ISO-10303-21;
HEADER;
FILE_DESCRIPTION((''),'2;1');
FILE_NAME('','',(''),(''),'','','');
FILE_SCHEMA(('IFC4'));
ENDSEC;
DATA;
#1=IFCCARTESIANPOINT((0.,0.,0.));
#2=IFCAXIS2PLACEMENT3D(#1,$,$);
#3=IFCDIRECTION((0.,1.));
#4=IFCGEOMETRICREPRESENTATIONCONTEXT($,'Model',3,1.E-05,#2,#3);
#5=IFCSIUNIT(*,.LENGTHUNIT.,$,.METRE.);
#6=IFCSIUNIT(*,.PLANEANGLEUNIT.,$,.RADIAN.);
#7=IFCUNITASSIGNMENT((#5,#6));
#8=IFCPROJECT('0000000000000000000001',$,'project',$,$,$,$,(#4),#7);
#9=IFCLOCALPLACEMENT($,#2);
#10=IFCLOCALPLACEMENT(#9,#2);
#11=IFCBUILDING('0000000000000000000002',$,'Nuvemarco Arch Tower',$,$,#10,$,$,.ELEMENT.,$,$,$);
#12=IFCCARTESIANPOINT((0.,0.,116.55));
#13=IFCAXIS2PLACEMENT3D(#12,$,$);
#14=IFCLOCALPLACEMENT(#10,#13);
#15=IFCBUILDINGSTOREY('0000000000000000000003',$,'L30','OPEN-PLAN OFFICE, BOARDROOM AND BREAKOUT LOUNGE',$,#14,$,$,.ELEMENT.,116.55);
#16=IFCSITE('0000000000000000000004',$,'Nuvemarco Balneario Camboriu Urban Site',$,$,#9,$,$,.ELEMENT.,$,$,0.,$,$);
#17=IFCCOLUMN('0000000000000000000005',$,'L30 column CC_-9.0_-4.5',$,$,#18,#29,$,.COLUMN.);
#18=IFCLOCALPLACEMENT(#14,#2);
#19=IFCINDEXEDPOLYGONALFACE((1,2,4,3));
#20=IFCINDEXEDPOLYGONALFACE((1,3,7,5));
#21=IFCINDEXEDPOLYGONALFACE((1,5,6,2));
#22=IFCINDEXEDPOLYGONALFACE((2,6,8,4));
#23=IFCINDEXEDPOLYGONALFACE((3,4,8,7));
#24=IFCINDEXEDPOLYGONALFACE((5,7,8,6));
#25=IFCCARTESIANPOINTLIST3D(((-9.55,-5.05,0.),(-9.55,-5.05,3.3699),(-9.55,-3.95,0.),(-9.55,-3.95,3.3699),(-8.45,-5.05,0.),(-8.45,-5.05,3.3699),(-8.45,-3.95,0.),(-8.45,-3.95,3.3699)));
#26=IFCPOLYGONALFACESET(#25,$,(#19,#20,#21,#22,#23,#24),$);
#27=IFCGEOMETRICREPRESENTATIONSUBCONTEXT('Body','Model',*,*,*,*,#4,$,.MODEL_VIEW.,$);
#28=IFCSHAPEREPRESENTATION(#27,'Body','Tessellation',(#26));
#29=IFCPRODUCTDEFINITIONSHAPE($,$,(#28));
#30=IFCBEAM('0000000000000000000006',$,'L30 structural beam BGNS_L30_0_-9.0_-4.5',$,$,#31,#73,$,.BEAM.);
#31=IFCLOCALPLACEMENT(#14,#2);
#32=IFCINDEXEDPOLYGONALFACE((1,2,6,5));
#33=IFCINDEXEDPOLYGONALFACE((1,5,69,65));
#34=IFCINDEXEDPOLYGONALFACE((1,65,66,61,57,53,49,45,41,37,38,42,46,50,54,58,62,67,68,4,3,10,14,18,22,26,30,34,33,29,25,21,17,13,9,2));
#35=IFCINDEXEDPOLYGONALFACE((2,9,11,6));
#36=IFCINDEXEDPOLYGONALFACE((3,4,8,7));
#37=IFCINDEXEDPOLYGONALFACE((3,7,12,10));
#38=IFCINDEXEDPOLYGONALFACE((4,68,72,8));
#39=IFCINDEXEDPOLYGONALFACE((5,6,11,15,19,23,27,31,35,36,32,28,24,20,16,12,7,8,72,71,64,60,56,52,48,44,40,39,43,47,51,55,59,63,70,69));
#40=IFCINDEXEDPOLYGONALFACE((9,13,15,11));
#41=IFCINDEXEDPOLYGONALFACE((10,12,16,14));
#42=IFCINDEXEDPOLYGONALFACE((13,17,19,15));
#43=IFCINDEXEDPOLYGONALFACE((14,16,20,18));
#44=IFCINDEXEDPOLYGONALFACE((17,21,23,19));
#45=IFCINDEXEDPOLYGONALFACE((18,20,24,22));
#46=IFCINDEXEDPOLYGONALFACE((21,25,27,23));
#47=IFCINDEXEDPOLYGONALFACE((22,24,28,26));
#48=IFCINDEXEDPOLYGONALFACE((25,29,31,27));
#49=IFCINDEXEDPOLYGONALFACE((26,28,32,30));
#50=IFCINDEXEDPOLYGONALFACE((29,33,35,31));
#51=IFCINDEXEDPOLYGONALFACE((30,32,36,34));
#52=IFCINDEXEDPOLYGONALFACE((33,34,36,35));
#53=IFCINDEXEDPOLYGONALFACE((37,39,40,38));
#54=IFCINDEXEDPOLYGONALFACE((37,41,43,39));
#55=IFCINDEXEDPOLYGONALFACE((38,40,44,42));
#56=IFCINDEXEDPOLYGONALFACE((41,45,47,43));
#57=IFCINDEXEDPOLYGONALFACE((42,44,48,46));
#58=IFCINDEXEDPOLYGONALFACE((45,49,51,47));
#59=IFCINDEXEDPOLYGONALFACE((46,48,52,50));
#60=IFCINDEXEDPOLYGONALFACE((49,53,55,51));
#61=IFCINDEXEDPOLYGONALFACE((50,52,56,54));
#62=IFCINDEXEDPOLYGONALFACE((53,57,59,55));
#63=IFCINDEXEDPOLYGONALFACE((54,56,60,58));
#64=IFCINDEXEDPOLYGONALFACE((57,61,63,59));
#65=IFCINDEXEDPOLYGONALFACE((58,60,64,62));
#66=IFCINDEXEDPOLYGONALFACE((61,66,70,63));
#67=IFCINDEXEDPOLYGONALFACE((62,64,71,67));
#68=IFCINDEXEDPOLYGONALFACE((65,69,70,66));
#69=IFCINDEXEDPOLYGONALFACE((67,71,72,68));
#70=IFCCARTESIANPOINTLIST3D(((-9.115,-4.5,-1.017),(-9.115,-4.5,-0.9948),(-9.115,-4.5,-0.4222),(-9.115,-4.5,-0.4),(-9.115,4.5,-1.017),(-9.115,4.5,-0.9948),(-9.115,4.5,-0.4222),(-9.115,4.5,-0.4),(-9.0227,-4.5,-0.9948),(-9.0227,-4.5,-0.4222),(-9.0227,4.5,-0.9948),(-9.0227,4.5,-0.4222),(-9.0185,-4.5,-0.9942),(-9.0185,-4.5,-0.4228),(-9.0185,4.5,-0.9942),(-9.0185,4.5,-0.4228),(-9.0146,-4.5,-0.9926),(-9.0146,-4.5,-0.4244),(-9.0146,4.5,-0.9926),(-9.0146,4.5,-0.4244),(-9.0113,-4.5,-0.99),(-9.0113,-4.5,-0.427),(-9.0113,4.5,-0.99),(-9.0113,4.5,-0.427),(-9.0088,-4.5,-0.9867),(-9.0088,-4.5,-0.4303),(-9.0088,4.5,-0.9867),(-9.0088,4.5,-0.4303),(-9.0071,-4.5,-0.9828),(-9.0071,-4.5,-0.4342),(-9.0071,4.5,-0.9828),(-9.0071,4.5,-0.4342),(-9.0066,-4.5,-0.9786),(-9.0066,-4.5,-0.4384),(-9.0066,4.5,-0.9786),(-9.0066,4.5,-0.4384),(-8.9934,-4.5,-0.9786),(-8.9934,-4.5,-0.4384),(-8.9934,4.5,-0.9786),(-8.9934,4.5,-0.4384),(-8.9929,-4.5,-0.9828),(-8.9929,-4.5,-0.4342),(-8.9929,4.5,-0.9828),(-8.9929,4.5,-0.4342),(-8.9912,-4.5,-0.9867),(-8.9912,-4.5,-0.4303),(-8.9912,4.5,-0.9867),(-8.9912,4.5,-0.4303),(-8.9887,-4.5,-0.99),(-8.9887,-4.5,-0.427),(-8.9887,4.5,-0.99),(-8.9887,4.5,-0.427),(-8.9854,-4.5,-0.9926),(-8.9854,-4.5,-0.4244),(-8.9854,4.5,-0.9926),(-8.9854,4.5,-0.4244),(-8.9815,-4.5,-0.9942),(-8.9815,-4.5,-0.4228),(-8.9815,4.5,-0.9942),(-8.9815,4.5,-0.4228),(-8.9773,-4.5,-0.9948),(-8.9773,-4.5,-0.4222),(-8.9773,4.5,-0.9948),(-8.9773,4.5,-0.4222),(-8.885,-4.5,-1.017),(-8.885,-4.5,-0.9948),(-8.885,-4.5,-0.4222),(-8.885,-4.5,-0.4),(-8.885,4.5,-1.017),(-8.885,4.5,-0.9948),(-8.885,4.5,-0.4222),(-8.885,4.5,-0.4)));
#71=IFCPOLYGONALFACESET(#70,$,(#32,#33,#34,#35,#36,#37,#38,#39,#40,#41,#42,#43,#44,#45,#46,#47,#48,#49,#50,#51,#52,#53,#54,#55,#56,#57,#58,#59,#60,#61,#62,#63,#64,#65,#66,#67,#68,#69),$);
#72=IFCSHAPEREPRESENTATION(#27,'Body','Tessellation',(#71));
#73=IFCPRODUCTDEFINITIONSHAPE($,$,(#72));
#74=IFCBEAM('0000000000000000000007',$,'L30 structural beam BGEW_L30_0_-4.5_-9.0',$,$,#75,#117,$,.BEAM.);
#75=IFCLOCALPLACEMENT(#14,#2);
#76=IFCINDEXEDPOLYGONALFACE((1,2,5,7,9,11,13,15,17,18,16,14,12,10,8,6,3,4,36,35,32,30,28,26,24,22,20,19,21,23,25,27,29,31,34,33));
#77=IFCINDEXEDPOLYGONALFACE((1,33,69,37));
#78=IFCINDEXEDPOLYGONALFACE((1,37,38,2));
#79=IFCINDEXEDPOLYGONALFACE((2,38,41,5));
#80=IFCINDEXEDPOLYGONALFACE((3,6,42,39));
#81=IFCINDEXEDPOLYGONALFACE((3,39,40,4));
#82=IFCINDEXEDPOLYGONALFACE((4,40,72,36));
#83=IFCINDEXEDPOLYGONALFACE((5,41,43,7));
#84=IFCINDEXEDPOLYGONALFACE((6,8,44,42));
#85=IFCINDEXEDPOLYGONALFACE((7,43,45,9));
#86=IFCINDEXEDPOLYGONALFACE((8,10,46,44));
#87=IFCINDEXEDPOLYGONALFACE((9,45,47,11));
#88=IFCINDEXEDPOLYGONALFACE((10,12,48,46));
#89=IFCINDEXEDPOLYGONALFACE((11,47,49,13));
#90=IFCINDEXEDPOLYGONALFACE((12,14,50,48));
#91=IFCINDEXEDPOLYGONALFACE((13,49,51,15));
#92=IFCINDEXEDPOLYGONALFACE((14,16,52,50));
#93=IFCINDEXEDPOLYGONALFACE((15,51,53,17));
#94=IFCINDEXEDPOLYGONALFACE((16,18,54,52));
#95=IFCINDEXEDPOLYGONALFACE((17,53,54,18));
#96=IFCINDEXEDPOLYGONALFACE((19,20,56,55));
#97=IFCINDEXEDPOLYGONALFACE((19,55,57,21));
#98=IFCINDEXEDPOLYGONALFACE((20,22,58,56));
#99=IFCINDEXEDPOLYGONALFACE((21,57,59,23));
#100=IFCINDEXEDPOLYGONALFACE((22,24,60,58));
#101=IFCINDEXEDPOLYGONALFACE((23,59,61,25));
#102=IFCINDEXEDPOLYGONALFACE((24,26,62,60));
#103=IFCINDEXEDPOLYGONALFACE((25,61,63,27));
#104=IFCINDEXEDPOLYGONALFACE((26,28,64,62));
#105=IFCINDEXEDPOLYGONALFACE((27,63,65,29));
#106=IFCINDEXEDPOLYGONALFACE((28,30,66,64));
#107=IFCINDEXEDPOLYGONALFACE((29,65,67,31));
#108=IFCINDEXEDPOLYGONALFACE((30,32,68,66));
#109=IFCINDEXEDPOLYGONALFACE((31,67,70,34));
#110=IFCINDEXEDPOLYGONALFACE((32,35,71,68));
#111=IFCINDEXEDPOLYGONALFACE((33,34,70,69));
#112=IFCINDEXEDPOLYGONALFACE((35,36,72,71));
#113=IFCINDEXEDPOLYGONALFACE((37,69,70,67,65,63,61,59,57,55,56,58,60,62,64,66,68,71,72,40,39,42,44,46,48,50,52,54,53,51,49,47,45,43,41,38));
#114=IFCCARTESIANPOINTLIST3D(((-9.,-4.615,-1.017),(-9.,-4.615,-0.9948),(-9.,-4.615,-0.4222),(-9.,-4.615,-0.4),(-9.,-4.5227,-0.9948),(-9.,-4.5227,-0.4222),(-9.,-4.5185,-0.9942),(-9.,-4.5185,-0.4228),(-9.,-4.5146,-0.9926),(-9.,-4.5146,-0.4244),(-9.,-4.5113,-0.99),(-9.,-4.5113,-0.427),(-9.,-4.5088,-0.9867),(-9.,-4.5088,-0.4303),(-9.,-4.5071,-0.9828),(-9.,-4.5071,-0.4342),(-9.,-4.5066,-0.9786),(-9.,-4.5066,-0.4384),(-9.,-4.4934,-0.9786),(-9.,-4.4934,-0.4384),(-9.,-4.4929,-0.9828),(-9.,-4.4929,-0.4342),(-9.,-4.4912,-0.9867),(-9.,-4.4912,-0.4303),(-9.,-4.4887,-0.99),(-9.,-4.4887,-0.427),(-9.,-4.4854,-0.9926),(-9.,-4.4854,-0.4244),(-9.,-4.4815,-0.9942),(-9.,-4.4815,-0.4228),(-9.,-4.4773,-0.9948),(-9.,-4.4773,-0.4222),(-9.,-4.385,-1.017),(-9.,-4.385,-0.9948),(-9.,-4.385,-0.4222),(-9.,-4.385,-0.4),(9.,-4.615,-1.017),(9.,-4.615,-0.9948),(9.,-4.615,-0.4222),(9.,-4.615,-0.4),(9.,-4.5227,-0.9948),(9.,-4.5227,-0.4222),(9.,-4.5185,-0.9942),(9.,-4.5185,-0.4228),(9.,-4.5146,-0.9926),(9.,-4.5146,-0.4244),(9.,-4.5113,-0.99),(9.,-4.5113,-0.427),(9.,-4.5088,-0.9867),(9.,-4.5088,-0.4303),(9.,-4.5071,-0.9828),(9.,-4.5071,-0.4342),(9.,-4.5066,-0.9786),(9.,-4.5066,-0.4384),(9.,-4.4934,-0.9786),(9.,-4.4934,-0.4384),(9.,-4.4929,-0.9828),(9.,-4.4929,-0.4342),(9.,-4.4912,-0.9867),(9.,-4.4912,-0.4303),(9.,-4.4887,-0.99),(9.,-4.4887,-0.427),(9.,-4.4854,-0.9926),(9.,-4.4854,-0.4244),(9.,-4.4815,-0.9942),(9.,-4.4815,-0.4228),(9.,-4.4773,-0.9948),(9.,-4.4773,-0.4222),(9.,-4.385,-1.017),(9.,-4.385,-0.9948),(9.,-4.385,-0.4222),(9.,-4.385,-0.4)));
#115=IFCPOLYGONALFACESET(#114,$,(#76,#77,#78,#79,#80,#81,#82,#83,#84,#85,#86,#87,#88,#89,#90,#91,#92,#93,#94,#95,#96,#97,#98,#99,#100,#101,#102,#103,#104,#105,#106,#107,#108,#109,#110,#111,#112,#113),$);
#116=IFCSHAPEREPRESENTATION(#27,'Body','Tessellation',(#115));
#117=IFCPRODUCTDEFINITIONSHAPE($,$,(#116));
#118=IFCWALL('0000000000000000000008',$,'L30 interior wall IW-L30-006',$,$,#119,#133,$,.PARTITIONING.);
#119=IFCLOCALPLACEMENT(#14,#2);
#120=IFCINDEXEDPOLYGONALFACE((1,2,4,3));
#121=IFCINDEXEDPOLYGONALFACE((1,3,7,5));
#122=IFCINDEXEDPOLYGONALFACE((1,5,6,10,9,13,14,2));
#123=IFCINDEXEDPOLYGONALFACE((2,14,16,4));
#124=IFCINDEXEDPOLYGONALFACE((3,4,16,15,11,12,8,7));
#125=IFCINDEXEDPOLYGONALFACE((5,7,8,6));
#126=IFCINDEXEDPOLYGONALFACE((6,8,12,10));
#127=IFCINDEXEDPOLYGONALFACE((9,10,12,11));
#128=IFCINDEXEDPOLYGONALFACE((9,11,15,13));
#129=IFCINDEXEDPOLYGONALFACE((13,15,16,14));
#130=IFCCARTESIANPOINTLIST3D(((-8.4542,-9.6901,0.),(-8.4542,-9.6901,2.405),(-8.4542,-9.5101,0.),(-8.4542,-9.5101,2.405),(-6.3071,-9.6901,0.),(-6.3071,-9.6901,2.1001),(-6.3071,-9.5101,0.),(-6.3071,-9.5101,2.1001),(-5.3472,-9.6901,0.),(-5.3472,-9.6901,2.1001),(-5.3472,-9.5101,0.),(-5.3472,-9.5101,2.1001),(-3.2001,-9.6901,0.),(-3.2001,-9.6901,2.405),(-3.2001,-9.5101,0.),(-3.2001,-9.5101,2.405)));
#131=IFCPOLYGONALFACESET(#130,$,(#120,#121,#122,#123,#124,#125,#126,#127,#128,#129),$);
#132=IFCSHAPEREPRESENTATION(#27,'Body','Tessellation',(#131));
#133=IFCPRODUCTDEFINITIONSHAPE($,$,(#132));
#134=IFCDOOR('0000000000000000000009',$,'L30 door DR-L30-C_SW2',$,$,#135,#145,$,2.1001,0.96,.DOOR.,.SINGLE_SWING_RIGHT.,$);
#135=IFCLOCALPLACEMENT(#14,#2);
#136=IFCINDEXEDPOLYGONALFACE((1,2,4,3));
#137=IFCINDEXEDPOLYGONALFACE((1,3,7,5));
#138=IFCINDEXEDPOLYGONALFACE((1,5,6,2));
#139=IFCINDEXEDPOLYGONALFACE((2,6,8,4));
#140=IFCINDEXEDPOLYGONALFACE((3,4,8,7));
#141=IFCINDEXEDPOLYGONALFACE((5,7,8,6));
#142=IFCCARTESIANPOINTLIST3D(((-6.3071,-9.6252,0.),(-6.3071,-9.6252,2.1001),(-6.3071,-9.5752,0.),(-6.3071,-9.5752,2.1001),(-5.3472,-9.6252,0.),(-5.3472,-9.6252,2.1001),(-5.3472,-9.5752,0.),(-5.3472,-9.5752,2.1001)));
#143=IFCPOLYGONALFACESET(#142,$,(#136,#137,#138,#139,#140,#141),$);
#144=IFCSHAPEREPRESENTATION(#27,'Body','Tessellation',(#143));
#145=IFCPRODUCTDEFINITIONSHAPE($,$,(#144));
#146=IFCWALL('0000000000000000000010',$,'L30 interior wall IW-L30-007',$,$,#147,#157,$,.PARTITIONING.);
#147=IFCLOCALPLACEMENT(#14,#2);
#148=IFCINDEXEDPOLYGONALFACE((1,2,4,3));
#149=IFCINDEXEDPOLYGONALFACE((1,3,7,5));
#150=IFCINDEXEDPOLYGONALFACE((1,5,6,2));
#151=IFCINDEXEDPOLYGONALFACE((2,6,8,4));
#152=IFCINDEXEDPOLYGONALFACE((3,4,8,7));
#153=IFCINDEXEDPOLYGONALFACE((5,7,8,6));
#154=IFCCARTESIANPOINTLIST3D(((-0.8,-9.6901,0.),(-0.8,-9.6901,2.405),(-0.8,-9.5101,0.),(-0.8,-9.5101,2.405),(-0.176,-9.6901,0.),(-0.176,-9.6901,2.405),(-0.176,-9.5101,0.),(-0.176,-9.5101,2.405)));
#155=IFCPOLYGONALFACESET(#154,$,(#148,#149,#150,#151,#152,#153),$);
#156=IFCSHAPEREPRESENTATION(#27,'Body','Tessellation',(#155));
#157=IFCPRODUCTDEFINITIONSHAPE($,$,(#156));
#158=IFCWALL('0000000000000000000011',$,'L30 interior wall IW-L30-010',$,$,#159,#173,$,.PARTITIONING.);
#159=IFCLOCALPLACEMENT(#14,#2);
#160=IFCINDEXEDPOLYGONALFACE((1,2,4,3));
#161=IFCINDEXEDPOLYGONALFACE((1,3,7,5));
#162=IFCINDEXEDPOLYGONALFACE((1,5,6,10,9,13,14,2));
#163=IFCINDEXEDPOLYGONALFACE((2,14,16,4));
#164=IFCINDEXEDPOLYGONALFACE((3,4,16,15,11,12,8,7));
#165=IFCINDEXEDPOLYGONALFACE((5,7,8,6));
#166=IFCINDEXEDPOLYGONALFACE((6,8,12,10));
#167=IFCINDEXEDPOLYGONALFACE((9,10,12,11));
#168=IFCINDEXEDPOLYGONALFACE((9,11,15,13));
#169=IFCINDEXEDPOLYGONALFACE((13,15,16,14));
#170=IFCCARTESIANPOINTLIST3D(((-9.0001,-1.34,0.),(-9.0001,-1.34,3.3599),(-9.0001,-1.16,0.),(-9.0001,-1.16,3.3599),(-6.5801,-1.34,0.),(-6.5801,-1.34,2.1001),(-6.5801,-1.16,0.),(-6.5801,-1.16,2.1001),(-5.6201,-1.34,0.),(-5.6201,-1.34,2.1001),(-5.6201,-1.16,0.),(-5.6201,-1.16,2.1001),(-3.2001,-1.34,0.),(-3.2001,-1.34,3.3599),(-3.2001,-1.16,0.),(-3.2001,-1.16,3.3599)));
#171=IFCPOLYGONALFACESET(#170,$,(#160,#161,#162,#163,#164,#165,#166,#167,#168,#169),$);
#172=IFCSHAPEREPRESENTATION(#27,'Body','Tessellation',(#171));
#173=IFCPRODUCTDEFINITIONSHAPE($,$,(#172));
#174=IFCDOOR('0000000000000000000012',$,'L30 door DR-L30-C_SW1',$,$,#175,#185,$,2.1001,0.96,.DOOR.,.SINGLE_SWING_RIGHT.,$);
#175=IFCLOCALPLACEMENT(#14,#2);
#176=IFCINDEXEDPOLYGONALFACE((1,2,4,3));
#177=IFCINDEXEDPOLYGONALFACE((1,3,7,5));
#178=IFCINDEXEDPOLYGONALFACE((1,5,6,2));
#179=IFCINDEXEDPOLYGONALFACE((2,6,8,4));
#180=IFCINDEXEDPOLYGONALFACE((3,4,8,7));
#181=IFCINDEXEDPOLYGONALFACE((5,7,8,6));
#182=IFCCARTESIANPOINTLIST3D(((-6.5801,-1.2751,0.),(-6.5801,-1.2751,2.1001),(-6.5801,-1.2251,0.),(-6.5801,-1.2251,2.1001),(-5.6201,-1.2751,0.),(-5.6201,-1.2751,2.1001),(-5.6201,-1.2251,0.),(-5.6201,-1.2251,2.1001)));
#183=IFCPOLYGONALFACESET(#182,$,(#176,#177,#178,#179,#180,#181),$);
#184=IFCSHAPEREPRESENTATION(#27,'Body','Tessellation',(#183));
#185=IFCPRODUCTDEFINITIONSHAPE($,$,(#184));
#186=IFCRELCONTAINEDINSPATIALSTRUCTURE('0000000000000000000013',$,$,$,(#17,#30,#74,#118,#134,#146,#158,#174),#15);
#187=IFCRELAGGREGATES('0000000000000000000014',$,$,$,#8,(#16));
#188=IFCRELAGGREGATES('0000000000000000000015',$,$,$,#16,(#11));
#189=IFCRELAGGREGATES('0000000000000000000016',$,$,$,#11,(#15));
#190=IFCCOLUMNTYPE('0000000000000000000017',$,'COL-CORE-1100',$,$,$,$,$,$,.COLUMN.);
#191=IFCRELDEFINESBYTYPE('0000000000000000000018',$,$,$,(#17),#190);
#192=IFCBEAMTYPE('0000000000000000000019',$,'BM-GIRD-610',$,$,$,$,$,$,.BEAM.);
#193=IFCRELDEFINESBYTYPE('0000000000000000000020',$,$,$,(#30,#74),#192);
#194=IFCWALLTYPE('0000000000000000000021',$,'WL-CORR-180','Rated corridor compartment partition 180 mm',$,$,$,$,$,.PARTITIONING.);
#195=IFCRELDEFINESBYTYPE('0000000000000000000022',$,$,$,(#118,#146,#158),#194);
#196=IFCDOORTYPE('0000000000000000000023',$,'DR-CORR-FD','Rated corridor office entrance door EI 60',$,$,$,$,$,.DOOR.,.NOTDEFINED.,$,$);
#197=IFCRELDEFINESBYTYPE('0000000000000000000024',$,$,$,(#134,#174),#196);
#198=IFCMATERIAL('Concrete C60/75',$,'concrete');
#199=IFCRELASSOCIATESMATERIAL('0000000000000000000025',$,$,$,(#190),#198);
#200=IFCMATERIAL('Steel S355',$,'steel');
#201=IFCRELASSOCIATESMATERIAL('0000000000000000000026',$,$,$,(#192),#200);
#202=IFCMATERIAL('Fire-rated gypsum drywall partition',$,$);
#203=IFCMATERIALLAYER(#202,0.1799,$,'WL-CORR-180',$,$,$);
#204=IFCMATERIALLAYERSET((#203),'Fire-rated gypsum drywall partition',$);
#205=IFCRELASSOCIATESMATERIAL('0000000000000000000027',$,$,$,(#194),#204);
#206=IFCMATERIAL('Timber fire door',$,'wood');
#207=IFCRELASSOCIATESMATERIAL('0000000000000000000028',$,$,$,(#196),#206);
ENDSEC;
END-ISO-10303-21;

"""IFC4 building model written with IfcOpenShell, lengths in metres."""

from ifc_helpers import new_model, si_unit, direction, frame, frame_2d, origin, origin_2d, place, context, subcontext, project, spatial, rectangle, i_section, extrude, source, transform, mapped, material, layer, layer_set, material_profile, profile_set, type_object, type_shapes, element, fill, save


model = new_model("IFC4")

# Units and contexts
model_context = context("Model", 3, precision=1e-05, world=origin(), true_north=direction((0.0, 1.0)))
body_context = subcontext(model_context, "Body", "Model", "MODEL_VIEW")
ifc_project = project(units=[si_unit("LENGTHUNIT", "METRE"), si_unit("PLANEANGLEUNIT", "RADIAN")], contexts=[model_context])

# Site, building, storey
site_placement = place(None, origin())
site = spatial("IfcSite", under=ifc_project, at=site_placement, Name="Nuvemarco Balneario Camboriu Urban Site", CompositionType="ELEMENT", RefElevation=0.0)
building_placement = place(site_placement, origin())
building = spatial("IfcBuilding", under=site, at=building_placement, Name="Nuvemarco Arch Tower", CompositionType="ELEMENT")
storey_placement = place(building_placement, frame((0.0, 0.0, 116.55)))
storey = spatial("IfcBuildingStorey", under=building, at=storey_placement, Name="L30", Description="OPEN-PLAN OFFICE, BOARDROOM AND BREAKOUT LOUNGE", CompositionType="ELEMENT", Elevation=116.55)

# Column
ifc_material_1 = material(Name="Concrete C60/75", Category="concrete")
ifc_material_profile_1 = material_profile(ifc_material_1, rectangle(XDim=1.1001, YDim=1.1001, at=origin_2d()), Name="RC-COL-1100x1100")
ifc_profile_set_1 = profile_set([ifc_material_profile_1], Name="Concrete C60/75")
column_type = type_object("IfcColumnType", Name="COL-CORE-1100", PredefinedType="COLUMN", material=ifc_profile_set_1)
column_placement = place(storey_placement, frame((-9.0, -4.5, 0.0), z_axis=(0.0, 0.0, 1.0), x_axis=(1.0, 0.0, 0.0)))
element("IfcColumn", 1, at=column_placement, inside=storey, type_object=column_type, Name="L30 column CC_-9.0_-4.5", PredefinedType="COLUMN", context=body_context, shape_type="SweptSolid", body=[
    extrude(rectangle(XDim=1.1001, YDim=1.1001, at=origin_2d()), origin(), (0.0, 0.0, 1.0), 3.3699),
])

# Beams
ifc_material_2 = material(Name="Steel S355", Category="steel")
ifc_material_profile_2 = material_profile(ifc_material_2, i_section(OverallWidth=0.23, OverallDepth=0.6169, WebThickness=0.0132, FlangeThickness=0.0222, FilletRadius=0.0161, at=origin_2d()), Name="W610x140")
ifc_profile_set_2 = profile_set([ifc_material_profile_2], Name="Steel S355")
beam_type = type_object("IfcBeamType", Name="BM-GIRD-610", PredefinedType="BEAM", material=ifc_profile_set_2)
beam_1_placement = place(storey_placement, frame((-9.0, -4.5, -0.7085), z_axis=(0.0, 1.0, 0.0), x_axis=(-1.0, 0.0, 0.0)))
element("IfcBeam", 2, at=beam_1_placement, inside=storey, type_object=beam_type, Name="L30 structural beam BGNS_L30_0_-9.0_-4.5", PredefinedType="BEAM", context=body_context, shape_type="SweptSolid", body=[
    extrude(i_section(OverallWidth=0.23, OverallDepth=0.6169, WebThickness=0.0132, FlangeThickness=0.0222, FilletRadius=0.0161, at=origin_2d()), origin(), (0.0, 0.0, 1.0), 9.0),
])
beam_2_placement = place(storey_placement, frame((-9.0, -4.5, -0.7085), z_axis=(1.0, 0.0, 0.0), x_axis=(0.0, 1.0, 0.0)))
element("IfcBeam", 3, at=beam_2_placement, inside=storey, type_object=beam_type, Name="L30 structural beam BGEW_L30_0_-4.5_-9.0", PredefinedType="BEAM", context=body_context, shape_type="SweptSolid", body=[
    extrude(i_section(OverallWidth=0.23, OverallDepth=0.6169, WebThickness=0.0132, FlangeThickness=0.0222, FilletRadius=0.0161, at=origin_2d()), origin(), (0.0, 0.0, 1.0), 18.0),
])

# Wall, opening, door
ifc_material_3 = material(Name="Fire-rated gypsum drywall partition")
ifc_layer_1 = layer(ifc_material_3, 0.1799, Name="WL-CORR-180")
ifc_layer_set_1 = layer_set([ifc_layer_1], Name="Fire-rated gypsum drywall partition")
wall_type_1 = type_object("IfcWallType", Name="WL-CORR-180", Description="Rated corridor compartment partition 180 mm", PredefinedType="PARTITIONING", material=ifc_layer_set_1)
wall_1_placement = place(storey_placement, frame((-8.4541, -9.6001, 0.0), z_axis=(0.0, 0.0, 1.0), x_axis=(1.0, 0.0, 0.0)))
wall_1 = element("IfcWall", 4, at=wall_1_placement, inside=storey, type_object=wall_type_1, Name="L30 interior wall IW-L30-006", PredefinedType="PARTITIONING", context=body_context, shape_type="SweptSolid", body=[
    extrude(rectangle(XDim=5.2542, YDim=0.1799, at=frame_2d((2.627, 0.0))), origin(), (0.0, 0.0, 1.0), 2.405),
])
opening_1_placement = place(wall_1_placement, frame((2.147, 0.0, 0.0)))
opening_1 = element("IfcOpeningElement", 5, at=opening_1_placement, cuts=wall_1, PredefinedType="OPENING", context=body_context, shape_type="SweptSolid", body=[
    extrude(rectangle(XDim=0.96, YDim=2.1001, at=frame_2d((0.48, 1.05))), frame((0.0, 0.0999, 0.0), z_axis=(0.0, -1.0, 0.0), x_axis=(1.0, 0.0, 0.0)), (0.0, 0.0, 1.0), 0.2),
])
ifc_material_4 = material(Name="Timber fire door", Category="wood")
door_type = type_object("IfcDoorType", Name="DR-CORR-FD", Description="Rated corridor office entrance door EI 60", OperationType="NOTDEFINED", PredefinedType="DOOR", material=ifc_material_4)
shared_shape = source(origin(), body_context, "Body", "SweptSolid", [
    extrude(rectangle(XDim=0.96, YDim=2.1001, at=frame_2d((0.48, 1.05))), frame((0.0, 0.0249, 0.0), z_axis=(0.0, -1.0, 0.0), x_axis=(1.0, 0.0, 0.0)), (0.0, 0.0, 1.0), 0.05),
])
type_shapes(door_type, [shared_shape])
door_1_placement = place(opening_1_placement, origin())
door_1 = element("IfcDoor", 6, at=door_1_placement, inside=storey, type_object=door_type, Name="L30 door DR-L30-C_SW2", OperationType="SINGLE_SWING_RIGHT", OverallHeight=2.1001, OverallWidth=0.96, PredefinedType="DOOR", context=body_context, shape_type="MappedRepresentation", body=[
    mapped(shared_shape, transform((0.0, 0.0, 0.0), scale=1.0)),
])
fill(opening_1, door_1)

# Wall
wall_2_placement = place(storey_placement, frame((-0.8, -9.6001, 0.0), z_axis=(0.0, 0.0, 1.0), x_axis=(1.0, 0.0, 0.0)))
element("IfcWall", 7, at=wall_2_placement, inside=storey, type_object=wall_type_1, Name="L30 interior wall IW-L30-007", PredefinedType="PARTITIONING", context=body_context, shape_type="SweptSolid", body=[
    extrude(rectangle(XDim=0.624, YDim=0.1799, at=frame_2d((0.312, 0.0))), origin(), (0.0, 0.0, 1.0), 2.405),
])

# Wall, opening, door
wall_3_placement = place(storey_placement, frame((-9.0, -1.25, 0.0), z_axis=(0.0, 0.0, 1.0), x_axis=(1.0, 0.0, 0.0)))
wall_3 = element("IfcWall", 8, at=wall_3_placement, inside=storey, type_object=wall_type_1, Name="L30 interior wall IW-L30-010", PredefinedType="PARTITIONING", context=body_context, shape_type="SweptSolid", body=[
    extrude(rectangle(XDim=5.8, YDim=0.1799, at=frame_2d((2.8999, 0.0))), origin(), (0.0, 0.0, 1.0), 3.3599),
])
opening_2_placement = place(wall_3_placement, frame((2.4199, 0.0, 0.0)))
opening_2 = element("IfcOpeningElement", 9, at=opening_2_placement, cuts=wall_3, PredefinedType="OPENING", context=body_context, shape_type="SweptSolid", body=[
    extrude(rectangle(XDim=0.96, YDim=2.1001, at=frame_2d((0.48, 1.05))), frame((0.0, 0.0999, 0.0), z_axis=(0.0, -1.0, 0.0), x_axis=(1.0, 0.0, 0.0)), (0.0, 0.0, 1.0), 0.2),
])
door_2_placement = place(opening_2_placement, origin())
door_2 = element("IfcDoor", 10, at=door_2_placement, inside=storey, type_object=door_type, Name="L30 door DR-L30-C_SW1", OperationType="SINGLE_SWING_RIGHT", OverallHeight=2.1001, OverallWidth=0.96, PredefinedType="DOOR", context=body_context, shape_type="MappedRepresentation", body=[
    mapped(shared_shape, transform((0.0, 0.0, 0.0), scale=1.0)),
])
fill(opening_2, door_2)

save(model, "model.ifc")
